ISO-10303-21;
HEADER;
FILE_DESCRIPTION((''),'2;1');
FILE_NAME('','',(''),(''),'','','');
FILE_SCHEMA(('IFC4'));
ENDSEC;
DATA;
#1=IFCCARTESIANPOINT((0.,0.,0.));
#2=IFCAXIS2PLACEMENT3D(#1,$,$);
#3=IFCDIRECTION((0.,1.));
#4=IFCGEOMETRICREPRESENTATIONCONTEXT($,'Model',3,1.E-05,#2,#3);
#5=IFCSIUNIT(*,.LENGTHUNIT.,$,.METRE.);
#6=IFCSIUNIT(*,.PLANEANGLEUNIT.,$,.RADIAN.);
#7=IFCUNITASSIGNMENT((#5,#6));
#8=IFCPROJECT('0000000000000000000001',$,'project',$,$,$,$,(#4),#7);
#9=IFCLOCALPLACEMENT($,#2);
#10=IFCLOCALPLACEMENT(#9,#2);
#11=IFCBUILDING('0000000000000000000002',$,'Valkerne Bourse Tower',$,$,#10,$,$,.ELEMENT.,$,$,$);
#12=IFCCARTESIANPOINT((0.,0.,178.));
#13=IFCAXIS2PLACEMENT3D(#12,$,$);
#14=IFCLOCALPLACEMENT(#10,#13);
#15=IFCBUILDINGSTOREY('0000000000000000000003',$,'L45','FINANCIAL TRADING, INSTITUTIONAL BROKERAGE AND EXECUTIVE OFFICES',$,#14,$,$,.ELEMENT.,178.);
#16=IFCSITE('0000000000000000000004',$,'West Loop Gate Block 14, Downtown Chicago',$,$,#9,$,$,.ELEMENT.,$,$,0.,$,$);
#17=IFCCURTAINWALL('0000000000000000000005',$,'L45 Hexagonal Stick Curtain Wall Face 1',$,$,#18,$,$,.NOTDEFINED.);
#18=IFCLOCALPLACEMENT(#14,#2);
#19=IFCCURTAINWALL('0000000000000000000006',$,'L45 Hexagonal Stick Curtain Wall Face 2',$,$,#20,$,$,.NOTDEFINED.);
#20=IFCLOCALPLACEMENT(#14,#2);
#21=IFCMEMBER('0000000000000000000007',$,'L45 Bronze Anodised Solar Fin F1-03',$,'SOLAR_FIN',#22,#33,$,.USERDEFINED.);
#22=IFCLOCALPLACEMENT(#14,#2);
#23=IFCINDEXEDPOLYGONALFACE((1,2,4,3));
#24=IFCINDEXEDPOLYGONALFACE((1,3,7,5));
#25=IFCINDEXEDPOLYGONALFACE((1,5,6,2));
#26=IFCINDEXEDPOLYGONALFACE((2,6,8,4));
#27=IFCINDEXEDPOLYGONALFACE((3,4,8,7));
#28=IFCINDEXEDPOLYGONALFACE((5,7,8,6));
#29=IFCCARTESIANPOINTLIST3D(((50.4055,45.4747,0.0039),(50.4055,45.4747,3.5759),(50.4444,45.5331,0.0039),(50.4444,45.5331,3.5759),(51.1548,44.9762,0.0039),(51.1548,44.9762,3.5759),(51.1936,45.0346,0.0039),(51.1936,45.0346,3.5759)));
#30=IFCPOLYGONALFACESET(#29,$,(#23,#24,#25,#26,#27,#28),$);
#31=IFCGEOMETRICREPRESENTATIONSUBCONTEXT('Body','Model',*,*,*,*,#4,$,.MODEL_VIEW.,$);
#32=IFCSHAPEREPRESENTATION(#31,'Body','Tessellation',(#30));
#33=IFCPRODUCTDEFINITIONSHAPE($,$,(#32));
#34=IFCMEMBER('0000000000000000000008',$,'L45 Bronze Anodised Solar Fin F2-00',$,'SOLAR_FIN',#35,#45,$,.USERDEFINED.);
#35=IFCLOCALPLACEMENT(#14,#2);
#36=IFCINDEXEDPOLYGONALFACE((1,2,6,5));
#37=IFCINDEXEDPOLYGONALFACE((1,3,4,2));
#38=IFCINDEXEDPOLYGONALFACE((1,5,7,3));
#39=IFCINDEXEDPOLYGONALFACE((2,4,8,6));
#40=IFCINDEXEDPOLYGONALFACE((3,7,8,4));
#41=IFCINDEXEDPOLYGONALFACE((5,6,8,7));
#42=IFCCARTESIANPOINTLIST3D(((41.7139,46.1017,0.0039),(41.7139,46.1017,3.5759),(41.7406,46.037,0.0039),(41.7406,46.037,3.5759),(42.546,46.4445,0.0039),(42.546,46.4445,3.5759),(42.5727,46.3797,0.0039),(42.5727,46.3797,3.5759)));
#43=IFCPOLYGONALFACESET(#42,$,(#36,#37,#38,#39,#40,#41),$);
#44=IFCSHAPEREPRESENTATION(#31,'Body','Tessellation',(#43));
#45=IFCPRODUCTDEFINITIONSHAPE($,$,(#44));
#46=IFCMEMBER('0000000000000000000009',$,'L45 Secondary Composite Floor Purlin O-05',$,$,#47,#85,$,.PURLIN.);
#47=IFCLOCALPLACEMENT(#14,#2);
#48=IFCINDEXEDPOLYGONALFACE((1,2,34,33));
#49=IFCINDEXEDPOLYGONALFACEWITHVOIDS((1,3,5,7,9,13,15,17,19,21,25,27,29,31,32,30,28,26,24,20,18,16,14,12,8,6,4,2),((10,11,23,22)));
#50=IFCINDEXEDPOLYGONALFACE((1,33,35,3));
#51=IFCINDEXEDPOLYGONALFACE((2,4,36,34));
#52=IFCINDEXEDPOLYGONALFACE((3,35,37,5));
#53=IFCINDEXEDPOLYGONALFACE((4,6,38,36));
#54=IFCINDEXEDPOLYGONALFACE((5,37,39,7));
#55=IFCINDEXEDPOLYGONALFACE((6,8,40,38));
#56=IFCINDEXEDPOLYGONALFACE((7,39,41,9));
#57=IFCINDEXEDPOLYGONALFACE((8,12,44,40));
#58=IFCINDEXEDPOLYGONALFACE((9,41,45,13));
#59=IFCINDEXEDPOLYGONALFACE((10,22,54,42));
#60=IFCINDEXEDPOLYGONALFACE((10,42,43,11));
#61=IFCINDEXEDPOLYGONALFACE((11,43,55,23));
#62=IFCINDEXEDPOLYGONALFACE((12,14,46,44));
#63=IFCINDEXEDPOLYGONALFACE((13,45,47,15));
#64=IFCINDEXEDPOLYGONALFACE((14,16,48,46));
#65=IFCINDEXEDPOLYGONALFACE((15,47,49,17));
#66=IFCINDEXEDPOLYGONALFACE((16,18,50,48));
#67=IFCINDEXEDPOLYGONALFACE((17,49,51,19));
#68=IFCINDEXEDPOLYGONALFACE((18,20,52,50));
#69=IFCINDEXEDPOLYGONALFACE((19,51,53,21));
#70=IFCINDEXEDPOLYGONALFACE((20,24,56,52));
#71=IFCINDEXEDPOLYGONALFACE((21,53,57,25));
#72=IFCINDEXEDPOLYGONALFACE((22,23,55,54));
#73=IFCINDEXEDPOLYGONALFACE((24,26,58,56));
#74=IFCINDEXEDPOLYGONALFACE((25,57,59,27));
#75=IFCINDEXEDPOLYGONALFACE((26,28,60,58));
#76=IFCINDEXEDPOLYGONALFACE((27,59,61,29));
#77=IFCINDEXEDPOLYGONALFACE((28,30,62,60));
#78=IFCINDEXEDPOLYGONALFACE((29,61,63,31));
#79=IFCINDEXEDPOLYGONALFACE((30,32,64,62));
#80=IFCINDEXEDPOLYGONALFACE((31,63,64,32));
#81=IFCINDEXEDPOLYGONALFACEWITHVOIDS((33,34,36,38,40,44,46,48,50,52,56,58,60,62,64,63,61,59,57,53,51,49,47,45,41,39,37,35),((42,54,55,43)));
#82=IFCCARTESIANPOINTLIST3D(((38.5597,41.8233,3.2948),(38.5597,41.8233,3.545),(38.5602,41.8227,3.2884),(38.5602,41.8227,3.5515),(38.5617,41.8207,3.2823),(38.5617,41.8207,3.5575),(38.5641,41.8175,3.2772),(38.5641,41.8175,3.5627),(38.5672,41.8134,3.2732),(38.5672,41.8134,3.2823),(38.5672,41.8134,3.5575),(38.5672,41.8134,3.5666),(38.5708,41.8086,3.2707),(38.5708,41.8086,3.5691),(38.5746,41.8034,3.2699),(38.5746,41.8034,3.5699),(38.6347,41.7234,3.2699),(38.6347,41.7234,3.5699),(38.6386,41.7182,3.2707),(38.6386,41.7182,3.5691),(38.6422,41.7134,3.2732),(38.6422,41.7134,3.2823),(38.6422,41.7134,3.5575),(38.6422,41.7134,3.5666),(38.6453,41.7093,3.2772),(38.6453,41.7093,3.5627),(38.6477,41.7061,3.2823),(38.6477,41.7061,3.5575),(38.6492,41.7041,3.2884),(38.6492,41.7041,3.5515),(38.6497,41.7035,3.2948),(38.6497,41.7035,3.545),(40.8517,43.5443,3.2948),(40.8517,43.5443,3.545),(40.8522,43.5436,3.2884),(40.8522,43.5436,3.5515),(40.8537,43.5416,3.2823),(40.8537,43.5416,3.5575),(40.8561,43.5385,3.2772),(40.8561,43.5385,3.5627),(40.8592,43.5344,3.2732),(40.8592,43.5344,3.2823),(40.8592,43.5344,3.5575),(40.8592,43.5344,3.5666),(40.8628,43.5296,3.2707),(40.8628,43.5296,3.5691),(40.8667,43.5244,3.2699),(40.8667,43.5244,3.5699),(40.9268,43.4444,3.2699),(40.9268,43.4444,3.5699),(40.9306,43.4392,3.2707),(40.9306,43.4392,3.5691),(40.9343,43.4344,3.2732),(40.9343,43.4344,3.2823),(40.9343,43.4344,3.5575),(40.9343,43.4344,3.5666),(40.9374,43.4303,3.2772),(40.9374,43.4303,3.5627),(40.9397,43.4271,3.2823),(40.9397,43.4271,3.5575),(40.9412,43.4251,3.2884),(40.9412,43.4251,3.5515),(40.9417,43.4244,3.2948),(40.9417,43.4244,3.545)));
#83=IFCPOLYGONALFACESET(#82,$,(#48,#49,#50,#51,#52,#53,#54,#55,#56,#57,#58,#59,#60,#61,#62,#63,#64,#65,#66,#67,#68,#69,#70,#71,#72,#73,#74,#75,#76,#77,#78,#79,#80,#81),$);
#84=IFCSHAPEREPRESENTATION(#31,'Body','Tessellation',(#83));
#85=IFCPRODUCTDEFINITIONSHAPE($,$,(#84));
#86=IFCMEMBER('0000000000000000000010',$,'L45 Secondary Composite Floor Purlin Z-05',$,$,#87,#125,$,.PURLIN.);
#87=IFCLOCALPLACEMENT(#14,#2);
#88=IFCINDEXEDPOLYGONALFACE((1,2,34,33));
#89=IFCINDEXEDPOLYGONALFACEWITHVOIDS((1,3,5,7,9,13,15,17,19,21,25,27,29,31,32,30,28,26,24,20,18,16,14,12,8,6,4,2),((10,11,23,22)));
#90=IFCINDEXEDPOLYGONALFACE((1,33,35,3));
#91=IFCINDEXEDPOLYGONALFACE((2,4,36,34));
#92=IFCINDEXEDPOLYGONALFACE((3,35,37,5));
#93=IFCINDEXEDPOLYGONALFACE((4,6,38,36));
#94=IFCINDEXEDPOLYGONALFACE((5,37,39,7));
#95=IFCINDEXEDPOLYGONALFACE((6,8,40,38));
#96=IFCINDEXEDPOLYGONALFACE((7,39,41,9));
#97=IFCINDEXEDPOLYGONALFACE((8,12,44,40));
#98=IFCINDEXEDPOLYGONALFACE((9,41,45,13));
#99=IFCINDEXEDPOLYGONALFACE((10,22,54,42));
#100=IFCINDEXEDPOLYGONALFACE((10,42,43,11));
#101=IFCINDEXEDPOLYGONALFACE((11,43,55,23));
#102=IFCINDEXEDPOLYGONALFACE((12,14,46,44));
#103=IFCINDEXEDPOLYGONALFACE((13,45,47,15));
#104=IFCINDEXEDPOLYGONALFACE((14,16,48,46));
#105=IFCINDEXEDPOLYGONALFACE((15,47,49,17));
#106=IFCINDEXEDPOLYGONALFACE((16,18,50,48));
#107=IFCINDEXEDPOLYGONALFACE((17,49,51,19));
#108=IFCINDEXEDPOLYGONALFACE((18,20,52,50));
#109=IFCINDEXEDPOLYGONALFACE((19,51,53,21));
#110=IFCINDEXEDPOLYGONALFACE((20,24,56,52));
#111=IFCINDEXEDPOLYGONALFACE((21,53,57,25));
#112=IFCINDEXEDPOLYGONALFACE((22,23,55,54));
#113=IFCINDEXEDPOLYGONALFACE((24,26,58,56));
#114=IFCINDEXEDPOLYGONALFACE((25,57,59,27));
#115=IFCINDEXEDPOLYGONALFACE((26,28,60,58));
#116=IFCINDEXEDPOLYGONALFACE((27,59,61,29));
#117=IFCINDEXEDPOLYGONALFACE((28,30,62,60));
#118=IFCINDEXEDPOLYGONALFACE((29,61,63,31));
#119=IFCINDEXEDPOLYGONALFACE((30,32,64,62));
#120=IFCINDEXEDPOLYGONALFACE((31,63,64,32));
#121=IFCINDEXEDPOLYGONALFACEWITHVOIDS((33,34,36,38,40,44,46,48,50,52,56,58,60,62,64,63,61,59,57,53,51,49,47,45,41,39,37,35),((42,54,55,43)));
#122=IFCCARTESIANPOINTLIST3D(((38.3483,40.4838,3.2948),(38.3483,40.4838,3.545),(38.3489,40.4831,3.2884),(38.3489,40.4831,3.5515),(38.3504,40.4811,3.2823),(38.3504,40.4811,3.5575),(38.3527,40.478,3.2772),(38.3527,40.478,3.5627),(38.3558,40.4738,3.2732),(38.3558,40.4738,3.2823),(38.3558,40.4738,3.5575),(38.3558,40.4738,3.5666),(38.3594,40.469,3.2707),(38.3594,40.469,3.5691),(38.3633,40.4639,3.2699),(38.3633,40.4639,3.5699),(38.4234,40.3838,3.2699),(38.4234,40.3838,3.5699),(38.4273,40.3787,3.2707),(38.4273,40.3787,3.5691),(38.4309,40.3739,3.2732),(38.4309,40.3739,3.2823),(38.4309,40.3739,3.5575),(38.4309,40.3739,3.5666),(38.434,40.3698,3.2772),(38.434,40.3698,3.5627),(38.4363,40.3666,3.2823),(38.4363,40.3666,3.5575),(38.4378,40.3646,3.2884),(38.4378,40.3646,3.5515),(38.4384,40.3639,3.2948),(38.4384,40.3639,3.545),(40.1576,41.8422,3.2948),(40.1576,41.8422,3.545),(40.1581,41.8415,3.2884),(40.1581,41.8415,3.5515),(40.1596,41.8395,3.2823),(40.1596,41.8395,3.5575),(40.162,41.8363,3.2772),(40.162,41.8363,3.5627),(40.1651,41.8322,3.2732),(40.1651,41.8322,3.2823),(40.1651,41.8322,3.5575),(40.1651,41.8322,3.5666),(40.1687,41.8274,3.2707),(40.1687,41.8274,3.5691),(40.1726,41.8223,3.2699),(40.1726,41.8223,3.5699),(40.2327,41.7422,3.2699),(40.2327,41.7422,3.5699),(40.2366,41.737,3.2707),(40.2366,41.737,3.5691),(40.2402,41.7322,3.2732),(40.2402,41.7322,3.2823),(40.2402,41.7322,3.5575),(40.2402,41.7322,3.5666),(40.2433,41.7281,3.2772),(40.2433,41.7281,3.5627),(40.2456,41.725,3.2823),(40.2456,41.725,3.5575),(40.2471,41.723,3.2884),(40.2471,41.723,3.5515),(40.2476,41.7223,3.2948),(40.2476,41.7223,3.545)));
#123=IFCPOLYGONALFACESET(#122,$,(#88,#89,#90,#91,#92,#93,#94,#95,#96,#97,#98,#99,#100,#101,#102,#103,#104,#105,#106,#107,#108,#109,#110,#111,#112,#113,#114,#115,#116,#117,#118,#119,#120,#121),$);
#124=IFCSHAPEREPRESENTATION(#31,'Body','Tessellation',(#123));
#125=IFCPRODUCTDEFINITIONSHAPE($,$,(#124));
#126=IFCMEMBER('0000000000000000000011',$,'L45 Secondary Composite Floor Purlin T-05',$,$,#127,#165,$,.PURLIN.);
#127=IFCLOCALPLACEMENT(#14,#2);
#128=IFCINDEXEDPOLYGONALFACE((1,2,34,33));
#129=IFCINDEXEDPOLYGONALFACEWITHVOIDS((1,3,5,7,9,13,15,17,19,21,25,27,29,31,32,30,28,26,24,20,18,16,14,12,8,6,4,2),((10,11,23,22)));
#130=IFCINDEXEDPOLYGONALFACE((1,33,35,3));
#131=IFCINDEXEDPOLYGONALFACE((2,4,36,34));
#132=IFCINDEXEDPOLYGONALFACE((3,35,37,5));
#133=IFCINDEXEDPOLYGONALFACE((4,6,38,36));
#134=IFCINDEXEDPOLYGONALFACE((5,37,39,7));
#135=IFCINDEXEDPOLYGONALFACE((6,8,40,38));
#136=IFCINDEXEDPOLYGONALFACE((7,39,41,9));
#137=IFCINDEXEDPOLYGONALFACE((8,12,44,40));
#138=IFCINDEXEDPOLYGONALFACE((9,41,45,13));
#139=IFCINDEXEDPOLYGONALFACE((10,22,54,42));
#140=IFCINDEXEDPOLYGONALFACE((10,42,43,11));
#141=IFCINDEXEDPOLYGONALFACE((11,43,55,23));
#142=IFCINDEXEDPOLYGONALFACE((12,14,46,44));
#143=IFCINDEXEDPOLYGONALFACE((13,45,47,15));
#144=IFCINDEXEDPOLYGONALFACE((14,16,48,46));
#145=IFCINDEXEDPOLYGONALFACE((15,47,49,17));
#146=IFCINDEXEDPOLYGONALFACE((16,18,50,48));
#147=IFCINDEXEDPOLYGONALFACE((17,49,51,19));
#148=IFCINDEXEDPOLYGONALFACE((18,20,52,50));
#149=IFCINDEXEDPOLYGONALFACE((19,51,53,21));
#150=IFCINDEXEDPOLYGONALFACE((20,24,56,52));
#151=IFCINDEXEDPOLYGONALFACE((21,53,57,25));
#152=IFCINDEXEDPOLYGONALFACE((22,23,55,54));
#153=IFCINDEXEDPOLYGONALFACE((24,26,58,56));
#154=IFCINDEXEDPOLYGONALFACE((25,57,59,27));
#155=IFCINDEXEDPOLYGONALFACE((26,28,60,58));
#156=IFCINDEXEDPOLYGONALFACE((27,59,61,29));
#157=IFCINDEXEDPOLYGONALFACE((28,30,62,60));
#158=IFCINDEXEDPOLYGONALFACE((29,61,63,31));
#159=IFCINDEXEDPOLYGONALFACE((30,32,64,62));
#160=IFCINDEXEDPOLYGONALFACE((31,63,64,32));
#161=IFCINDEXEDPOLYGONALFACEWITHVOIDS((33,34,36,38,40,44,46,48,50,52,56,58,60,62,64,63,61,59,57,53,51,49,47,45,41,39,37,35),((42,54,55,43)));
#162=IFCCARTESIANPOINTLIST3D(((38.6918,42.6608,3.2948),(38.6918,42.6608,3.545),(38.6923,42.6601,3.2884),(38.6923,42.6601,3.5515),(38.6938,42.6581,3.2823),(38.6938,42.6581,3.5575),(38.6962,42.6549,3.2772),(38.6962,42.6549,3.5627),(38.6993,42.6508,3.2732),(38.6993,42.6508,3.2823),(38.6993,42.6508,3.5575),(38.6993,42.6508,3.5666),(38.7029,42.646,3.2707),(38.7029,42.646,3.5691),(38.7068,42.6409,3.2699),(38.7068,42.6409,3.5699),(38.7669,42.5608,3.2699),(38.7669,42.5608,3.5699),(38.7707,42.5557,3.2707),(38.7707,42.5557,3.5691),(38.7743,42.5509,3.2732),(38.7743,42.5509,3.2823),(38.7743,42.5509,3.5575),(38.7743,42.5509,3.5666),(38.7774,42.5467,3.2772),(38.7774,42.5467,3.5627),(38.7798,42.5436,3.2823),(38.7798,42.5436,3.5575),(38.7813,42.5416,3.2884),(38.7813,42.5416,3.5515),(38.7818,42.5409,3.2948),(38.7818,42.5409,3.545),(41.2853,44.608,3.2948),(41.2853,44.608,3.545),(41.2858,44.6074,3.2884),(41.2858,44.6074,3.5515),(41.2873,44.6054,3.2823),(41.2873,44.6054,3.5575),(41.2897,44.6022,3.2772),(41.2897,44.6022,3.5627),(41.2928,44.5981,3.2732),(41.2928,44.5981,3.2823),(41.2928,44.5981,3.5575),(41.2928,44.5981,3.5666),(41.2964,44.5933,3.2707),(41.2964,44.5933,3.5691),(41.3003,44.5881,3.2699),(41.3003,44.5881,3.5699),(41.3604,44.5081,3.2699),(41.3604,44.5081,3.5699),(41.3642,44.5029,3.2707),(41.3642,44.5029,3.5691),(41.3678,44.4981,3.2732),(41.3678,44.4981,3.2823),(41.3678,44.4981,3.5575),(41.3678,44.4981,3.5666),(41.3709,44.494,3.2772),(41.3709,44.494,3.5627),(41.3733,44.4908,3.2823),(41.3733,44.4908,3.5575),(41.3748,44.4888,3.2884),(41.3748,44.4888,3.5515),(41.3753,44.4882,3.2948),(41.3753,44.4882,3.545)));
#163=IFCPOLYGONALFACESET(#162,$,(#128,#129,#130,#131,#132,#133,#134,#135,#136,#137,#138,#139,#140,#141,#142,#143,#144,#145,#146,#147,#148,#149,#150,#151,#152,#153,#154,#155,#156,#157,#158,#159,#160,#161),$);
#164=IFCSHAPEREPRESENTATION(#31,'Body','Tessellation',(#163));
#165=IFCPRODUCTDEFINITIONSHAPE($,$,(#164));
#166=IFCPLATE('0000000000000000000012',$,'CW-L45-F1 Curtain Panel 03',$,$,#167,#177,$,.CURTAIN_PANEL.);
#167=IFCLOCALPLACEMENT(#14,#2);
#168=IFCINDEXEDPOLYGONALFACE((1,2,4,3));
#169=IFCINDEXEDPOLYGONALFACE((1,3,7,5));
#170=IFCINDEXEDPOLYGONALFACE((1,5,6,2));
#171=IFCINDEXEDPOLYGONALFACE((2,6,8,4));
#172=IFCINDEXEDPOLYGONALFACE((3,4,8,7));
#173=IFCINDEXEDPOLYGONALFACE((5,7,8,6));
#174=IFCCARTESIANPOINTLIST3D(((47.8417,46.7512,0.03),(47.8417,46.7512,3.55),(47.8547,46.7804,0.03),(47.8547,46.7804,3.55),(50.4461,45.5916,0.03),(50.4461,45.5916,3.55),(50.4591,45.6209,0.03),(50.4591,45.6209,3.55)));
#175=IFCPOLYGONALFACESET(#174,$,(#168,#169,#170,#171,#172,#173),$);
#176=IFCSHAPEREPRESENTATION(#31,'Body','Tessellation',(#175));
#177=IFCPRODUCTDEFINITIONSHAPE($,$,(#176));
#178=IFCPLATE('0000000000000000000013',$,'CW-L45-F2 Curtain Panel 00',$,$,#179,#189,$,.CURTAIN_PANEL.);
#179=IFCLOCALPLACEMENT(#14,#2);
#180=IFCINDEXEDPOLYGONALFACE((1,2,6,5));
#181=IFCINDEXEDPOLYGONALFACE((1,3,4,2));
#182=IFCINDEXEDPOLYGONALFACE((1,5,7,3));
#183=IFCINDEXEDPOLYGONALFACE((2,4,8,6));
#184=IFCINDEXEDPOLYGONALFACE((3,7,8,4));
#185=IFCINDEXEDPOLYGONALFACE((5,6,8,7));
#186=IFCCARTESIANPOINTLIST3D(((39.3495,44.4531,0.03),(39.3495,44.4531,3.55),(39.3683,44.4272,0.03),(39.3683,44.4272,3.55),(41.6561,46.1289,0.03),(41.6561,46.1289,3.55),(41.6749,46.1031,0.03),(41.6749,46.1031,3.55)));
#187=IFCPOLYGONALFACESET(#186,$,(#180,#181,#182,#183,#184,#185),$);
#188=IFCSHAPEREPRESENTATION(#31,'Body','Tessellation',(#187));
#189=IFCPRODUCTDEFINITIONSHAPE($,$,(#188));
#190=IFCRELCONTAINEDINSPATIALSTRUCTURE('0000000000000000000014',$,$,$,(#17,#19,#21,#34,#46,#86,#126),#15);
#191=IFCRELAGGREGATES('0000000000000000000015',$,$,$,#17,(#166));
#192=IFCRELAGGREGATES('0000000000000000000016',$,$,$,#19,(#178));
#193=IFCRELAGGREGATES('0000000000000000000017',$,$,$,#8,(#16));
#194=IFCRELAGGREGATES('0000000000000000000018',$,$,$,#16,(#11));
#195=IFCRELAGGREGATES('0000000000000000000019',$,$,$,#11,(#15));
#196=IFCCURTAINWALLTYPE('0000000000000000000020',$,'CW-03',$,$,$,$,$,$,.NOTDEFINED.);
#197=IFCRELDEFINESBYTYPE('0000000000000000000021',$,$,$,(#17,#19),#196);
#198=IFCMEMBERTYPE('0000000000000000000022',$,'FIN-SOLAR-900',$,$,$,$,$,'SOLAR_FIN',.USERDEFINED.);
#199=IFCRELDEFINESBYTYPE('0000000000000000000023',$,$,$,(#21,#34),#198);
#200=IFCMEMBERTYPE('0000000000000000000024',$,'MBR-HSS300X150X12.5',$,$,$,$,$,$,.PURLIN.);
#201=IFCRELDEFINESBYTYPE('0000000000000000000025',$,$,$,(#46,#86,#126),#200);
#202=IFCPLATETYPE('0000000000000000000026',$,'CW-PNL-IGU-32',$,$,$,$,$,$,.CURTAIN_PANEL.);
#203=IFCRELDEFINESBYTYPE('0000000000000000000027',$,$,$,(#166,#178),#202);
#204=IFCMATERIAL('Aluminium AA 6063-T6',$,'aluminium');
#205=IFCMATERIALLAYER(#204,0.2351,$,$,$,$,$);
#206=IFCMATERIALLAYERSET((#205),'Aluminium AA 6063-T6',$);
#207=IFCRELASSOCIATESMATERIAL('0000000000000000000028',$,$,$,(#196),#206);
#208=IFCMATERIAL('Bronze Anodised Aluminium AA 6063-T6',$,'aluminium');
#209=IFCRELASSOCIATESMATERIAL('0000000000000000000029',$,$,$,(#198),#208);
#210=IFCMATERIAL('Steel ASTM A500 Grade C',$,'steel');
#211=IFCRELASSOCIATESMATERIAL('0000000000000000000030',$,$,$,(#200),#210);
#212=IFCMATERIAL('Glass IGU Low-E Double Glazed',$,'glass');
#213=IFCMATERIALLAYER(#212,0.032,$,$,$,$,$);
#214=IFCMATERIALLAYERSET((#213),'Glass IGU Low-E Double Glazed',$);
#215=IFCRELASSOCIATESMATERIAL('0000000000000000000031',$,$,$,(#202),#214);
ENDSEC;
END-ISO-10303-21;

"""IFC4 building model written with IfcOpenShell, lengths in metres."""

from ifc_helpers import new_model, si_unit, direction, frame, origin, origin_2d, place, context, subcontext, project, spatial, rectangle, hollow_rectangle, extrude, material, layer, layer_set, material_profile, profile_set, type_object, element, aggregate, save


model = new_model("IFC4")

# Units and contexts
model_context = context("Model", 3, precision=1e-05, world=origin(), true_north=direction((0.0, 1.0)))
body_context = subcontext(model_context, "Body", "Model", "MODEL_VIEW")
ifc_project = project(units=[si_unit("LENGTHUNIT", "METRE"), si_unit("PLANEANGLEUNIT", "RADIAN")], contexts=[model_context])

# Site, building, storey
site_placement = place(None, origin())
site = spatial("IfcSite", under=ifc_project, at=site_placement, Name="West Loop Gate Block 14, Downtown Chicago", CompositionType="ELEMENT", RefElevation=0.0)
building_placement = place(site_placement, origin())
building = spatial("IfcBuilding", under=site, at=building_placement, Name="Valkerne Bourse Tower", CompositionType="ELEMENT")
storey_placement = place(building_placement, frame((0.0, 0.0, 178.0)))
storey = spatial("IfcBuildingStorey", under=building, at=storey_placement, Name="L45", Description="FINANCIAL TRADING, INSTITUTIONAL BROKERAGE AND EXECUTIVE OFFICES", CompositionType="ELEMENT", Elevation=178.0)

# Curtain walls
ifc_material_1 = material(Name="Aluminium AA 6063-T6", Category="aluminium")
ifc_layer_1 = layer(ifc_material_1, 0.2351)
ifc_layer_set_1 = layer_set([ifc_layer_1], Name="Aluminium AA 6063-T6")
curtain_wall_type = type_object("IfcCurtainWallType", Name="CW-03", PredefinedType="NOTDEFINED", material=ifc_layer_set_1)
curtain_wall_1_placement = place(storey_placement, origin())
curtain_wall_1 = element("IfcCurtainWall", 1, at=curtain_wall_1_placement, inside=storey, type_object=curtain_wall_type, Name="L45 Hexagonal Stick Curtain Wall Face 1", PredefinedType="NOTDEFINED")
curtain_wall_2_placement = place(storey_placement, origin())
curtain_wall_2 = element("IfcCurtainWall", 2, at=curtain_wall_2_placement, inside=storey, type_object=curtain_wall_type, Name="L45 Hexagonal Stick Curtain Wall Face 2", PredefinedType="NOTDEFINED")

# Members
ifc_material_2 = material(Name="Bronze Anodised Aluminium AA 6063-T6", Category="aluminium")
ifc_material_profile_1 = material_profile(ifc_material_2, rectangle(XDim=0.0701, YDim=0.8999, at=origin_2d()), Name="FIN-70X900")
ifc_profile_set_1 = profile_set([ifc_material_profile_1], Name="Bronze Anodised Aluminium AA 6063-T6")
member_type_1 = type_object("IfcMemberType", Name="FIN-SOLAR-900", ElementType="SOLAR_FIN", PredefinedType="USERDEFINED", material=ifc_profile_set_1)
for number, where, z_axis, x_axis, name in (
    (3, (50.7996, 45.2546, 0.0039), (0.0, 0.0, 1.0), (0.553934, 0.832561, 0.0), "L45 Bronze Anodised Solar Fin F1-03"),
    (4, (42.1433, 46.2407, 0.0039), (0.0, 0.0, 1.0), (-0.380871, 0.924628, 0.0), "L45 Bronze Anodised Solar Fin F2-00"),
):
    element("IfcMember", number, at=place(storey_placement, frame(where, z_axis=z_axis, x_axis=x_axis)), inside=storey, type_object=member_type_1, Name=name, ObjectType="SOLAR_FIN", PredefinedType="USERDEFINED", context=body_context, shape_type="SweptSolid", body=[
        extrude(rectangle(XDim=0.0701, YDim=0.8999, at=origin_2d()), origin(), (0.0, 0.0, 1.0), 3.572),
    ])
ifc_material_3 = material(Name="Steel ASTM A500 Grade C", Category="steel")
ifc_material_profile_2 = material_profile(ifc_material_3, hollow_rectangle(XDim=0.1499, YDim=0.3, WallThickness=0.0125, OuterFilletRadius=0.0249, at=origin_2d()), Name="HSS300X150X12.5")
ifc_profile_set_2 = profile_set([ifc_material_profile_2], Name="Steel ASTM A500 Grade C")
member_type_2 = type_object("IfcMemberType", Name="MBR-HSS300X150X12.5", PredefinedType="PURLIN", material=ifc_profile_set_2)
member_1_placement = place(storey_placement, frame((40.8967, 43.4844, 3.4199), z_axis=(-0.799673, -0.600436, 0.0), x_axis=(0.600436, -0.799673, 0.0)))
element("IfcMember", 5, at=member_1_placement, inside=storey, type_object=member_type_2, Name="L45 Secondary Composite Floor Purlin O-05", PredefinedType="PURLIN", context=body_context, shape_type="SweptSolid", body=[
    extrude(hollow_rectangle(XDim=0.1499, YDim=0.3, WallThickness=0.0125, OuterFilletRadius=0.0249, at=origin_2d()), origin(), (0.0, 0.0, 1.0), 2.8662),
])
member_2_placement = place(storey_placement, frame((40.2026, 41.7822, 3.4199), z_axis=(-0.799702, -0.600397, 0.0), x_axis=(0.600397, -0.799702, 0.0)))
element("IfcMember", 6, at=member_2_placement, inside=storey, type_object=member_type_2, Name="L45 Secondary Composite Floor Purlin Z-05", PredefinedType="PURLIN", context=body_context, shape_type="SweptSolid", body=[
    extrude(hollow_rectangle(XDim=0.1499, YDim=0.3, WallThickness=0.0125, OuterFilletRadius=0.0249, at=origin_2d()), origin(), (0.0, 0.0, 1.0), 2.2625),
])
member_3_placement = place(storey_placement, frame((41.3303, 44.5481, 3.4199), z_axis=(-0.799684, -0.600421, 0.0), x_axis=(0.600421, -0.799684, 0.0)))
element("IfcMember", 7, at=member_3_placement, inside=storey, type_object=member_type_2, Name="L45 Secondary Composite Floor Purlin T-05", PredefinedType="PURLIN", context=body_context, shape_type="SweptSolid", body=[
    extrude(hollow_rectangle(XDim=0.1499, YDim=0.3, WallThickness=0.0125, OuterFilletRadius=0.0249, at=origin_2d()), origin(), (0.0, 0.0, 1.0), 3.2432),
])

# Plates
ifc_material_4 = material(Name="Glass IGU Low-E Double Glazed", Category="glass")
ifc_layer_2 = layer(ifc_material_4, 0.032)
ifc_layer_set_2 = layer_set([ifc_layer_2], Name="Glass IGU Low-E Double Glazed")
plate_type = type_object("IfcPlateType", Name="CW-PNL-IGU-32", PredefinedType="CURTAIN_PANEL", material=ifc_layer_set_2)
plate_1_placement = place(storey_placement, frame((49.1504, 46.186, 0.03), z_axis=(0.0, 0.0, 1.0), x_axis=(-0.913542, 0.406744, 0.0)))
plate_1 = element("IfcPlate", 8, at=plate_1_placement, type_object=plate_type, Name="CW-L45-F1 Curtain Panel 03", PredefinedType="CURTAIN_PANEL", context=body_context, shape_type="SweptSolid", body=[
    extrude(rectangle(XDim=2.8508, YDim=0.032, at=origin_2d()), origin(), (0.0, 0.0, 1.0), 3.52),
])
aggregate(curtain_wall_1, [plate_1])
plate_2_placement = place(storey_placement, frame((40.5122, 45.2781, 0.03), z_axis=(0.0, 0.0, 1.0), x_axis=(-0.809009, -0.587796, 0.0)))
plate_2 = element("IfcPlate", 9, at=plate_2_placement, type_object=plate_type, Name="CW-L45-F2 Curtain Panel 00", PredefinedType="CURTAIN_PANEL", context=body_context, shape_type="SweptSolid", body=[
    extrude(rectangle(XDim=2.8511, YDim=0.032, at=origin_2d()), origin(), (0.0, 0.0, 1.0), 3.52),
])
aggregate(curtain_wall_2, [plate_2])

save(model, "model.ifc")
